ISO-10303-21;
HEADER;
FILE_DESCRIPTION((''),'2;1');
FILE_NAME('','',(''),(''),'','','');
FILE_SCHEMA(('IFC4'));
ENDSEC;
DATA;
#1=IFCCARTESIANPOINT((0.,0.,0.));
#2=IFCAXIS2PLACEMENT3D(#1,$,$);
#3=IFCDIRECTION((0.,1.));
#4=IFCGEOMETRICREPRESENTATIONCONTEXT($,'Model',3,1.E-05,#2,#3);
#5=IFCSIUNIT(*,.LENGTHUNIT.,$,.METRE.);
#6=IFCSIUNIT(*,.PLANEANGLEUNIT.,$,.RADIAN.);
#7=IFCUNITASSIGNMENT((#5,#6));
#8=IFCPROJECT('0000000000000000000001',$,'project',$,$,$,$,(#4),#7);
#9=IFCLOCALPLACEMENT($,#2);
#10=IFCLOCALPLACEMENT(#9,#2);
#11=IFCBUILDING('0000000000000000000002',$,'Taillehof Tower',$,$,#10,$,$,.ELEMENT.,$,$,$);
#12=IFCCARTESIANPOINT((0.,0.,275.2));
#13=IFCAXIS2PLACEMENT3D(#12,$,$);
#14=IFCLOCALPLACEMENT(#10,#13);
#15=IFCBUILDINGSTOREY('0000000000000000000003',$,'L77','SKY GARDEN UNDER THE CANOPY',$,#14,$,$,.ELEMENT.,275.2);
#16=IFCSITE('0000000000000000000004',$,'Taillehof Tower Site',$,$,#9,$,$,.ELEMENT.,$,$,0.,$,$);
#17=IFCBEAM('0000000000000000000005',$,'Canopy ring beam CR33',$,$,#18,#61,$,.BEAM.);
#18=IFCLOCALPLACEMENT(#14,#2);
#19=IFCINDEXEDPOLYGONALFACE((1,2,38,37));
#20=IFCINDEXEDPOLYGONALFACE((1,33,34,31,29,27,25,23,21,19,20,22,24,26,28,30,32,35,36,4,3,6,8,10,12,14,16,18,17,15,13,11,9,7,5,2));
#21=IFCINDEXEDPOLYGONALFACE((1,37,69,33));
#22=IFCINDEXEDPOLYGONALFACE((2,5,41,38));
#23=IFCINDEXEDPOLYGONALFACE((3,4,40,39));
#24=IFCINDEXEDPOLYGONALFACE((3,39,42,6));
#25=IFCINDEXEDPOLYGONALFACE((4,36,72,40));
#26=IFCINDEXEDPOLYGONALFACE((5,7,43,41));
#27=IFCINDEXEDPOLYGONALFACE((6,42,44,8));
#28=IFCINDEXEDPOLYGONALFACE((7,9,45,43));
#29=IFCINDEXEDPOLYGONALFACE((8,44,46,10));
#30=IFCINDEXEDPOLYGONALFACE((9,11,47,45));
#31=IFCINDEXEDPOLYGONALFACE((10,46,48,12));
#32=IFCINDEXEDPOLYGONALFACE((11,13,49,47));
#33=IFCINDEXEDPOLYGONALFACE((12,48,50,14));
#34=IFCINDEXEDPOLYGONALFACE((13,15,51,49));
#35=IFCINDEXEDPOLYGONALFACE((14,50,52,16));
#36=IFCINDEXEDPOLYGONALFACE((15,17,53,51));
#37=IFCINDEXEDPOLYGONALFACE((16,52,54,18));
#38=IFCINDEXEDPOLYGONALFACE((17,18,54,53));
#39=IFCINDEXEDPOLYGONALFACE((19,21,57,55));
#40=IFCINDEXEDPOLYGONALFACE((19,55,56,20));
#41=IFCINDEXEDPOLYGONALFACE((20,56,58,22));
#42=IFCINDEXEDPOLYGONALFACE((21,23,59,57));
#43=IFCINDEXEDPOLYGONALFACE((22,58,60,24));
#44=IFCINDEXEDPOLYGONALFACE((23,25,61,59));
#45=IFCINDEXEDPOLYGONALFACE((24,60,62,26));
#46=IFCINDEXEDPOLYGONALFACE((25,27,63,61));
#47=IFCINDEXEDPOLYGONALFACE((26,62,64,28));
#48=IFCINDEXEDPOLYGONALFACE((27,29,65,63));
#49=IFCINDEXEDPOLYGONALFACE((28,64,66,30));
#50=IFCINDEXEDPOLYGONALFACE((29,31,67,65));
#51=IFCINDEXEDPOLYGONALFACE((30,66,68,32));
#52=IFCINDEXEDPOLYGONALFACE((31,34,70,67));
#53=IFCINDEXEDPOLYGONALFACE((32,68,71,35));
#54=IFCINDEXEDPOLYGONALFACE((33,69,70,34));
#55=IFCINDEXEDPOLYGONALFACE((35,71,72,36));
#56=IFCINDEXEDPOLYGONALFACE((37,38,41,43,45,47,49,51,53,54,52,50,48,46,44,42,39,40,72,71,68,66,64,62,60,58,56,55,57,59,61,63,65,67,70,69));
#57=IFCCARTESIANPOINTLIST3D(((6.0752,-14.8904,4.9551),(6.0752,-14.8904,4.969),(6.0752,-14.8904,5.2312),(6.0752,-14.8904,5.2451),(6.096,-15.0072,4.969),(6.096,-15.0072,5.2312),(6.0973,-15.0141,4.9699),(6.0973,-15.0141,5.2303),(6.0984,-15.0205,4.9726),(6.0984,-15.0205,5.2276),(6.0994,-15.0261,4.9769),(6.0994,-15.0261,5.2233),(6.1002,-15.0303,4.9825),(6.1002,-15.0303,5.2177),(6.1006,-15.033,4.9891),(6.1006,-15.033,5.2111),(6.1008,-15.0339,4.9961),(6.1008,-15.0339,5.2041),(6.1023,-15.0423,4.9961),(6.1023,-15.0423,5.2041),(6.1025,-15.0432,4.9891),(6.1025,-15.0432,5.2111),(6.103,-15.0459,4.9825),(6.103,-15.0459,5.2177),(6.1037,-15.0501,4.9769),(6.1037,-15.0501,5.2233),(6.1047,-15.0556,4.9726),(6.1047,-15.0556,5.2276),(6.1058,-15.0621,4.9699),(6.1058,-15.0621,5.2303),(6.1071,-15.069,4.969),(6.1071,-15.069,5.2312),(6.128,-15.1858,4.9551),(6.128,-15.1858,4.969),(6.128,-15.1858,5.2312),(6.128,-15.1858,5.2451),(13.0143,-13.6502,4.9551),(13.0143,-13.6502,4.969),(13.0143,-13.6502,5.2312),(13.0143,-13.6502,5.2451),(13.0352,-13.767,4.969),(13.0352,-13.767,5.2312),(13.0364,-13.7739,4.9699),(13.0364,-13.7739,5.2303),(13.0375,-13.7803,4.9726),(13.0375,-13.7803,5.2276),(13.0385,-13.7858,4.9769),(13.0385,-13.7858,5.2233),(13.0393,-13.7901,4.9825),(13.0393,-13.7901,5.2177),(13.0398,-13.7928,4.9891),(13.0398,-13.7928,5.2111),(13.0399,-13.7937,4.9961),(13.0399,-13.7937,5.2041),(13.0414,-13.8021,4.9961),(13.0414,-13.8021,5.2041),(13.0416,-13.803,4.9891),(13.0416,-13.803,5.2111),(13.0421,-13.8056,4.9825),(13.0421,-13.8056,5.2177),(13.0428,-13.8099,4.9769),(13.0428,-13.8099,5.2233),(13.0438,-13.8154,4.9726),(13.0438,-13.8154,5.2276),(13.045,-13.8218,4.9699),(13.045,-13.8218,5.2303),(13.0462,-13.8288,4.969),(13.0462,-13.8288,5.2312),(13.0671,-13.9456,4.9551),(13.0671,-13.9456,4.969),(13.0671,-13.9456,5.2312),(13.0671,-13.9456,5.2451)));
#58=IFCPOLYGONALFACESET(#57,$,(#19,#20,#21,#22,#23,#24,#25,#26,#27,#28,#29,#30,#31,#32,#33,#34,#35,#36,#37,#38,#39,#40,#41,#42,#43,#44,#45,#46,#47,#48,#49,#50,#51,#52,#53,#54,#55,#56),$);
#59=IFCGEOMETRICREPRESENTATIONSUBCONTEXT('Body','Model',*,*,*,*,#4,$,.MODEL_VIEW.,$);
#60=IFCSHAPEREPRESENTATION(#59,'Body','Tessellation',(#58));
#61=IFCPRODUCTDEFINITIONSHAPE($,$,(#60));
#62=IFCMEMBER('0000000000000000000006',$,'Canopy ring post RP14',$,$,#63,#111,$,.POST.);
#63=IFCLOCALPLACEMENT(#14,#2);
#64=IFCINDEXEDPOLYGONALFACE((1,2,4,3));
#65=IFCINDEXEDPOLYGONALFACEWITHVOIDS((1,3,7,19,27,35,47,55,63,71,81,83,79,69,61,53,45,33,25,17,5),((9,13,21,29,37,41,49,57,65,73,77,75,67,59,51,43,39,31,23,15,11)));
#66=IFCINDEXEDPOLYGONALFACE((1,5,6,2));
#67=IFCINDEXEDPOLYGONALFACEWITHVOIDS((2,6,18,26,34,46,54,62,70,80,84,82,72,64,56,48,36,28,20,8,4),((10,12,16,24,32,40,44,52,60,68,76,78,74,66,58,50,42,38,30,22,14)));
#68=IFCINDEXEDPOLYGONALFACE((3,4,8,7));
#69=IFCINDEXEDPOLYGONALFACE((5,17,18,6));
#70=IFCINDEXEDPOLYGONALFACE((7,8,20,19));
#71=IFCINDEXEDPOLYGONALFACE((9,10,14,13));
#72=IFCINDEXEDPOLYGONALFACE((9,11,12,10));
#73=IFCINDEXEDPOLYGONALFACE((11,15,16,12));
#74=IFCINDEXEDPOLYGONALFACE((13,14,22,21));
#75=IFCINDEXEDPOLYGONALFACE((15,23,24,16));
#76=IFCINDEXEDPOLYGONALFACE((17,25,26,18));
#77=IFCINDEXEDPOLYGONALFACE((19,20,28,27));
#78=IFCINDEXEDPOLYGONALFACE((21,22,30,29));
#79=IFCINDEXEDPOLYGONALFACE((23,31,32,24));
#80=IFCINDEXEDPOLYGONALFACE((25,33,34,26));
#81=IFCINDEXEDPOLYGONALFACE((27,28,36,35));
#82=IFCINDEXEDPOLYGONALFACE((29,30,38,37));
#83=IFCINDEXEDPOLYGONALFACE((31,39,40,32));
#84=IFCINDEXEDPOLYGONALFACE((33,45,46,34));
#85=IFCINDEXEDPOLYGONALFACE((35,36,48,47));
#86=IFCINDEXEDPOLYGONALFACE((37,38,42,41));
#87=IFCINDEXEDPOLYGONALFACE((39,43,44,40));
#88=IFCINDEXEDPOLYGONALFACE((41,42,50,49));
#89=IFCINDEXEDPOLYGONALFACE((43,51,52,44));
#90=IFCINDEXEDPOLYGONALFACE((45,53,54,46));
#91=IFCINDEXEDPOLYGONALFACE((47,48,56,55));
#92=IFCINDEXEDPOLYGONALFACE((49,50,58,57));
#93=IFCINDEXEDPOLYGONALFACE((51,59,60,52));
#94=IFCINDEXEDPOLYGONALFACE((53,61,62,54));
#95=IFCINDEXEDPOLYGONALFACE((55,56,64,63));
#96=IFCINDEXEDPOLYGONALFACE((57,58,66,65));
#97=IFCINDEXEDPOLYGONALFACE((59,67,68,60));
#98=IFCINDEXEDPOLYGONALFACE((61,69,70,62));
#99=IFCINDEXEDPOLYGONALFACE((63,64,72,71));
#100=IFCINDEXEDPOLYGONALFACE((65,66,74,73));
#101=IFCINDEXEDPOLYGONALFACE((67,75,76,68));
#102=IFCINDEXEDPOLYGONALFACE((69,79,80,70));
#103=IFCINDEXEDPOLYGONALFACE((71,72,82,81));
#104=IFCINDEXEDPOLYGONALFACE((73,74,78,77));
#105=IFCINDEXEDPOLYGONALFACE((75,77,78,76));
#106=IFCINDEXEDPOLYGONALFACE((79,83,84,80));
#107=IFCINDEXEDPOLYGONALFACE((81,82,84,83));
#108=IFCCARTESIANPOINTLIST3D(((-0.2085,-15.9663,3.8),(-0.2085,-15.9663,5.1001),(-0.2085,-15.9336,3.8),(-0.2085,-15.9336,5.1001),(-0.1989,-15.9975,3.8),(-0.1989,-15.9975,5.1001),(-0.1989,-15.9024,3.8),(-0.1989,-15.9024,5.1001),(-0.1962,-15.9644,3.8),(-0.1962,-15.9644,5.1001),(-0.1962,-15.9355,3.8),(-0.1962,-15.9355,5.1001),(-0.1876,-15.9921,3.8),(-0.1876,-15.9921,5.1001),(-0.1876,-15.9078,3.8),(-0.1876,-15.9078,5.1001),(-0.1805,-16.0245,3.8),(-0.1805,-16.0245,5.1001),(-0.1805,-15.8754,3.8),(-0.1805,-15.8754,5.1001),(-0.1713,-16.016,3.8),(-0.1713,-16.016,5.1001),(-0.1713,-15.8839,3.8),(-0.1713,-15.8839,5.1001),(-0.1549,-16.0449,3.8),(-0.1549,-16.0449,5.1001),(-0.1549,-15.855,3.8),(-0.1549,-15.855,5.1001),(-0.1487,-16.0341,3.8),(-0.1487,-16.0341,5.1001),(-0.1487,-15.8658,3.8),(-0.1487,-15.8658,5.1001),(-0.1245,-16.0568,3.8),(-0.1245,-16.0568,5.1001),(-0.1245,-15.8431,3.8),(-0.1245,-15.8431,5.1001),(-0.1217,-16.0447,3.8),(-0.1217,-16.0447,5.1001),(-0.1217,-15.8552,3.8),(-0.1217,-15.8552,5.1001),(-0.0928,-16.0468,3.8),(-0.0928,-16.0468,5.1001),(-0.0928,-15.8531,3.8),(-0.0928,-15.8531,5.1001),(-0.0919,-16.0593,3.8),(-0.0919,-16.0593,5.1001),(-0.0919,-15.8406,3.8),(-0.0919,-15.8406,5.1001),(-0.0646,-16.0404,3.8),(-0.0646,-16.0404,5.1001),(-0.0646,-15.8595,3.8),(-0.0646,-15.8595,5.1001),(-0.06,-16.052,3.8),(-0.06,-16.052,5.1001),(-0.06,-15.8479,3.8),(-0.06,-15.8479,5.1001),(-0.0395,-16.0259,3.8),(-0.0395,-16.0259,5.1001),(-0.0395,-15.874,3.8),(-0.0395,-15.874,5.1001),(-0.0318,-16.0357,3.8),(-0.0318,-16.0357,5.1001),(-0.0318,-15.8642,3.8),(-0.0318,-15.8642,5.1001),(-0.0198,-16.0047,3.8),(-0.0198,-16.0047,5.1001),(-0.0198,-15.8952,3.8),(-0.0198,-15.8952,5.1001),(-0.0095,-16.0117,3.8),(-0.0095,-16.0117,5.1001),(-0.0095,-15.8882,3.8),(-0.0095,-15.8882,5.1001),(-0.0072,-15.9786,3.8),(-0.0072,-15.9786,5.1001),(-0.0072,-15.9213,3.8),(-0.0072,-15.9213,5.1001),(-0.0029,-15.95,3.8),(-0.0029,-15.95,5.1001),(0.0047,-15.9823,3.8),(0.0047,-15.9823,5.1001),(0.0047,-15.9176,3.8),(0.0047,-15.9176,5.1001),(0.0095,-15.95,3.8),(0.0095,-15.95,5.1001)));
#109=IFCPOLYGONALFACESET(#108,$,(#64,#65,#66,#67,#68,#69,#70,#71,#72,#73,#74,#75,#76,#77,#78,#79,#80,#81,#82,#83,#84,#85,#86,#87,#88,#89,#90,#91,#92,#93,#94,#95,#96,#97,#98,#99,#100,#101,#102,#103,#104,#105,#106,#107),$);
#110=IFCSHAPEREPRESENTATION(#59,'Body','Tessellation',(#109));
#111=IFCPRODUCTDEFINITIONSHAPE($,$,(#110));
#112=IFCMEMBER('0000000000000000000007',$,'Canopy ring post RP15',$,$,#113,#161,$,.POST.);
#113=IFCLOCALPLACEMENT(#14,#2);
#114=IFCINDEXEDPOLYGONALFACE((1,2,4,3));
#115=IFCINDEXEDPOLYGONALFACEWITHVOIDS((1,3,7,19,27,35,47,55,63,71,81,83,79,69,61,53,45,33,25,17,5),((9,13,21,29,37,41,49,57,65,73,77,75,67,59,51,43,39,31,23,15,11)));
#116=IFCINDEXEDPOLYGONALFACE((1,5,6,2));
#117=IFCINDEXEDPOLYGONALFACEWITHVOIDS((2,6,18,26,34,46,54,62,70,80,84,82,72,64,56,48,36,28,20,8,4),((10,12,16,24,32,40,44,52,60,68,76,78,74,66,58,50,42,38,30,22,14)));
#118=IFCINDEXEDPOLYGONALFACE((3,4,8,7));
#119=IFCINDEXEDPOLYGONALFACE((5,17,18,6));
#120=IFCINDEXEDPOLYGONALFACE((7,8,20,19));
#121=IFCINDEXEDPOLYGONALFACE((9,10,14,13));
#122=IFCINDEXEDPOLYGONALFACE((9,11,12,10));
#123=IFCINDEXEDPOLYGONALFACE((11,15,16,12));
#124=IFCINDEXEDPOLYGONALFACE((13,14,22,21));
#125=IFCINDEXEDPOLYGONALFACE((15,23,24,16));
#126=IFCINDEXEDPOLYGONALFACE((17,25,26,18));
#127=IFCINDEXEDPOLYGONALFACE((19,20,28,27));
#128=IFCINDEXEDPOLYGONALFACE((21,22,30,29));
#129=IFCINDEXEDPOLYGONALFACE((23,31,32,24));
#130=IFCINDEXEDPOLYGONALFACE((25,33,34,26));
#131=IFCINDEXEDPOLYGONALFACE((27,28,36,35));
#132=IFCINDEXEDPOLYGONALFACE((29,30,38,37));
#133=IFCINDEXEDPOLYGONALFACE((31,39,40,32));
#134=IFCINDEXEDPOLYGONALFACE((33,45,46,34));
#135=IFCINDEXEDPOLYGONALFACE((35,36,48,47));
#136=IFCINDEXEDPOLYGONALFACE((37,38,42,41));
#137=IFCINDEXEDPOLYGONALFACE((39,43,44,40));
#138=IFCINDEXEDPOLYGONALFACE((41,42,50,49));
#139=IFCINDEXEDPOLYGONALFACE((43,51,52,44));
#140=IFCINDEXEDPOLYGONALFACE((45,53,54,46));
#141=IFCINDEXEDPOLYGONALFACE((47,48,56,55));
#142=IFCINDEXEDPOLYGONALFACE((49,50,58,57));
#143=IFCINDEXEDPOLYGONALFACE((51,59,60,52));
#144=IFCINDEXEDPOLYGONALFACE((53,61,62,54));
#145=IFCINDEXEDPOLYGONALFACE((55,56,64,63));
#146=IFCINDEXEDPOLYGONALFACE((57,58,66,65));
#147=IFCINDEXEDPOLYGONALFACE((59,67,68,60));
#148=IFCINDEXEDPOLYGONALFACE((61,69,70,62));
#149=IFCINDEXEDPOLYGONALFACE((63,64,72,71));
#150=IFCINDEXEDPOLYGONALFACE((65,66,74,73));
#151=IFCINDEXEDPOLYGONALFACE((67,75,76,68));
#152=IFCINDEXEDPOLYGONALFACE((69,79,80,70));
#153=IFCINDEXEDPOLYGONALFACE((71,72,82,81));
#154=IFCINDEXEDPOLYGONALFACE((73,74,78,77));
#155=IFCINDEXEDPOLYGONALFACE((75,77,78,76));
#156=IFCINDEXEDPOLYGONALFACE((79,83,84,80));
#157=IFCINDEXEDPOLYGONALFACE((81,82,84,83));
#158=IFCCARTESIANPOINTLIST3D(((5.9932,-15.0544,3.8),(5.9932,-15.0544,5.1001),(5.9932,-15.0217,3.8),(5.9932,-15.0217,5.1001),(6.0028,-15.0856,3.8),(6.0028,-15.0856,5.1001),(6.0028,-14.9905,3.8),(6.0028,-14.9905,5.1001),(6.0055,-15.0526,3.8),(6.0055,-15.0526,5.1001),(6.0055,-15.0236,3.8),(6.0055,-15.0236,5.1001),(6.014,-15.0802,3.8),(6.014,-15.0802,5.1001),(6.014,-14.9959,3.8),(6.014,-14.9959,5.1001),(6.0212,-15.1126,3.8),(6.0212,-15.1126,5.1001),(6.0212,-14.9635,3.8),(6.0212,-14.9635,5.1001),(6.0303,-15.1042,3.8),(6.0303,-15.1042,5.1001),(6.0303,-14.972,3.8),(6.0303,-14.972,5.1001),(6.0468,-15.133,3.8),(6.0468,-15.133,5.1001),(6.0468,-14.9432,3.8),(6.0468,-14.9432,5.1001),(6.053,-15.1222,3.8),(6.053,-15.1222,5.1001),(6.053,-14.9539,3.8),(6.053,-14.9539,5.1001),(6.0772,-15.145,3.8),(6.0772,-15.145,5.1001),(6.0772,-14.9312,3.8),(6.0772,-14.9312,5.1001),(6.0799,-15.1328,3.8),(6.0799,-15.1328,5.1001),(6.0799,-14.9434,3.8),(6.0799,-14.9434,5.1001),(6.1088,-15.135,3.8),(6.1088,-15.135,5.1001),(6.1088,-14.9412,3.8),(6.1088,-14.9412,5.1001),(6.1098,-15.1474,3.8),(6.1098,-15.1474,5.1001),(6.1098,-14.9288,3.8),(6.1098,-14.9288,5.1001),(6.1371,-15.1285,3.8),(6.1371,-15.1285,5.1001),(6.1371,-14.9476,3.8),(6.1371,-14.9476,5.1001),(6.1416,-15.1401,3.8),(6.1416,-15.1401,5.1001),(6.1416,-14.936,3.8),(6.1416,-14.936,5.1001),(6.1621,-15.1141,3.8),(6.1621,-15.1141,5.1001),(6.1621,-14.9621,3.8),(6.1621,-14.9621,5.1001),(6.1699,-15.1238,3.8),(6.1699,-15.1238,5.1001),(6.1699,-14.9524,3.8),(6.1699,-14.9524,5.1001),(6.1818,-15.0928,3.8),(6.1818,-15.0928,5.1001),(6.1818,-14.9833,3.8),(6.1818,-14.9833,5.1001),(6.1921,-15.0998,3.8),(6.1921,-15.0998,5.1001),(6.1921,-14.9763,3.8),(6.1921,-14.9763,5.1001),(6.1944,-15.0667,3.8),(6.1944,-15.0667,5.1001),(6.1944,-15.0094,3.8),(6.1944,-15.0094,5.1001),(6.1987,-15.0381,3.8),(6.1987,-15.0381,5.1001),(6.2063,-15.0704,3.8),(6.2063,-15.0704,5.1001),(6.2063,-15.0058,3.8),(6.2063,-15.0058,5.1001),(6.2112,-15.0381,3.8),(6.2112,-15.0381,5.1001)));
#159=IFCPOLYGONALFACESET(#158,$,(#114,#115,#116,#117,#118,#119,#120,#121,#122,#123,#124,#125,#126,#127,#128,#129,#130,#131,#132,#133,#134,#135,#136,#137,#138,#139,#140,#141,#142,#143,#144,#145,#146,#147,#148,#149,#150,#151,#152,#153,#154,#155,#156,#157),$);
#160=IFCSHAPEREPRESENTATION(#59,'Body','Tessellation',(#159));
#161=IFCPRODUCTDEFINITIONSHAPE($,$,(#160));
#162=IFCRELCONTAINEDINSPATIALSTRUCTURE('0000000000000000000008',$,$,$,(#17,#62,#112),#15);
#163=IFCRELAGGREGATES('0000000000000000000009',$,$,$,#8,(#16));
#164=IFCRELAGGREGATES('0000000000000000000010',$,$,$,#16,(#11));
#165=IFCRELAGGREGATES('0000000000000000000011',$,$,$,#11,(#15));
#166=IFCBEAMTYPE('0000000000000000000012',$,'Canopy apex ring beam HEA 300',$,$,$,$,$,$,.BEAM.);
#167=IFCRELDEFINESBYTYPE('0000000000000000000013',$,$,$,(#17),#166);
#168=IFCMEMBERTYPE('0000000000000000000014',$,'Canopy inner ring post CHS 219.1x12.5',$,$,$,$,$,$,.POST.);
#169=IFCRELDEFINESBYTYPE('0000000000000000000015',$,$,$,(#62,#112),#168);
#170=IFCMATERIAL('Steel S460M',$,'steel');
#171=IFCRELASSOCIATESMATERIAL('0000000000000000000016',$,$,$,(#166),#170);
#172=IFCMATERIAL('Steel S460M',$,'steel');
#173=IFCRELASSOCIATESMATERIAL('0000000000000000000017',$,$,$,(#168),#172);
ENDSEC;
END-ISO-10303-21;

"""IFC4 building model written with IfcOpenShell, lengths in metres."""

from ifc_helpers import new_model, si_unit, direction, frame, origin, origin_2d, place, context, subcontext, project, spatial, hollow_circle, i_section, extrude, material, material_profile, profile_set, type_object, element, save


model = new_model("IFC4")

# Units and contexts
model_context = context("Model", 3, precision=1e-05, world=origin(), true_north=direction((0.0, 1.0)))
body_context = subcontext(model_context, "Body", "Model", "MODEL_VIEW")
ifc_project = project(units=[si_unit("LENGTHUNIT", "METRE"), si_unit("PLANEANGLEUNIT", "RADIAN")], contexts=[model_context])

# Site, building, storey
site_placement = place(None, origin())
site = spatial("IfcSite", under=ifc_project, at=site_placement, Name="Taillehof Tower Site", CompositionType="ELEMENT", RefElevation=0.0)
building_placement = place(site_placement, origin())
building = spatial("IfcBuilding", under=site, at=building_placement, Name="Taillehof Tower", CompositionType="ELEMENT")
storey_placement = place(building_placement, frame((0.0, 0.0, 275.2)))
storey = spatial("IfcBuildingStorey", under=building, at=storey_placement, Name="L77", Description="SKY GARDEN UNDER THE CANOPY", CompositionType="ELEMENT", Elevation=275.2)

# Beam
ifc_material_1 = material(Name="Steel S460M", Category="steel")
ifc_material_profile_1 = material_profile(ifc_material_1, i_section(OverallWidth=0.3, OverallDepth=0.29, WebThickness=0.0085, FlangeThickness=0.0139, FilletRadius=0.0271, at=origin_2d()), Name="HEA 300")
ifc_profile_set_1 = profile_set([ifc_material_profile_1], Name="Steel S460M")
beam_type_1 = type_object("IfcBeamType", Name="Canopy apex ring beam HEA 300", PredefinedType="BEAM", material=ifc_profile_set_1)
beam_1_placement = place(storey_placement, frame((6.1016, -15.0381, 5.1001), z_axis=(0.984401, 0.17594, 0.0), x_axis=(-0.17594, 0.984401, 0.0)))
element("IfcBeam", 1, at=beam_1_placement, inside=storey, type_object=beam_type_1, Name="Canopy ring beam CR33", PredefinedType="BEAM", context=body_context, shape_type="SweptSolid", body=[
    extrude(i_section(OverallWidth=0.3, OverallDepth=0.29, WebThickness=0.0085, FlangeThickness=0.0139, FilletRadius=0.0271, at=origin_2d()), origin(), (0.0, 0.0, 1.0), 7.0491),
])

# Members
ifc_material_2 = material(Name="Steel S460M", Category="steel")
ifc_material_profile_2 = material_profile(ifc_material_2, hollow_circle(Radius=0.1096, WallThickness=0.0125, at=origin_2d()), Name="CHS 219.1x12.5")
ifc_profile_set_2 = profile_set([ifc_material_profile_2], Name="Steel S460M")
member_type_1 = type_object("IfcMemberType", Name="Canopy inner ring post CHS 219.1x12.5", PredefinedType="POST", material=ifc_profile_set_2)
for number, where, z_axis, x_axis, name in (
    (2, (-0.1001, -15.95, 3.8), (0.0, 0.0, 1.0), (1.0, 0.0, 0.0), "Canopy ring post RP14"),
    (3, (6.1016, -15.0381, 3.8), (0.0, 0.0, 1.0), (1.0, 0.0, 0.0), "Canopy ring post RP15"),
):
    element("IfcMember", number, at=place(storey_placement, frame(where, z_axis=z_axis, x_axis=x_axis)), inside=storey, type_object=member_type_1, Name=name, PredefinedType="POST", context=body_context, shape_type="SweptSolid", body=[
        extrude(hollow_circle(Radius=0.1096, WallThickness=0.0125, at=origin_2d()), origin(), (0.0, 0.0, 1.0), 1.3),
    ])

save(model, "model.ifc")
